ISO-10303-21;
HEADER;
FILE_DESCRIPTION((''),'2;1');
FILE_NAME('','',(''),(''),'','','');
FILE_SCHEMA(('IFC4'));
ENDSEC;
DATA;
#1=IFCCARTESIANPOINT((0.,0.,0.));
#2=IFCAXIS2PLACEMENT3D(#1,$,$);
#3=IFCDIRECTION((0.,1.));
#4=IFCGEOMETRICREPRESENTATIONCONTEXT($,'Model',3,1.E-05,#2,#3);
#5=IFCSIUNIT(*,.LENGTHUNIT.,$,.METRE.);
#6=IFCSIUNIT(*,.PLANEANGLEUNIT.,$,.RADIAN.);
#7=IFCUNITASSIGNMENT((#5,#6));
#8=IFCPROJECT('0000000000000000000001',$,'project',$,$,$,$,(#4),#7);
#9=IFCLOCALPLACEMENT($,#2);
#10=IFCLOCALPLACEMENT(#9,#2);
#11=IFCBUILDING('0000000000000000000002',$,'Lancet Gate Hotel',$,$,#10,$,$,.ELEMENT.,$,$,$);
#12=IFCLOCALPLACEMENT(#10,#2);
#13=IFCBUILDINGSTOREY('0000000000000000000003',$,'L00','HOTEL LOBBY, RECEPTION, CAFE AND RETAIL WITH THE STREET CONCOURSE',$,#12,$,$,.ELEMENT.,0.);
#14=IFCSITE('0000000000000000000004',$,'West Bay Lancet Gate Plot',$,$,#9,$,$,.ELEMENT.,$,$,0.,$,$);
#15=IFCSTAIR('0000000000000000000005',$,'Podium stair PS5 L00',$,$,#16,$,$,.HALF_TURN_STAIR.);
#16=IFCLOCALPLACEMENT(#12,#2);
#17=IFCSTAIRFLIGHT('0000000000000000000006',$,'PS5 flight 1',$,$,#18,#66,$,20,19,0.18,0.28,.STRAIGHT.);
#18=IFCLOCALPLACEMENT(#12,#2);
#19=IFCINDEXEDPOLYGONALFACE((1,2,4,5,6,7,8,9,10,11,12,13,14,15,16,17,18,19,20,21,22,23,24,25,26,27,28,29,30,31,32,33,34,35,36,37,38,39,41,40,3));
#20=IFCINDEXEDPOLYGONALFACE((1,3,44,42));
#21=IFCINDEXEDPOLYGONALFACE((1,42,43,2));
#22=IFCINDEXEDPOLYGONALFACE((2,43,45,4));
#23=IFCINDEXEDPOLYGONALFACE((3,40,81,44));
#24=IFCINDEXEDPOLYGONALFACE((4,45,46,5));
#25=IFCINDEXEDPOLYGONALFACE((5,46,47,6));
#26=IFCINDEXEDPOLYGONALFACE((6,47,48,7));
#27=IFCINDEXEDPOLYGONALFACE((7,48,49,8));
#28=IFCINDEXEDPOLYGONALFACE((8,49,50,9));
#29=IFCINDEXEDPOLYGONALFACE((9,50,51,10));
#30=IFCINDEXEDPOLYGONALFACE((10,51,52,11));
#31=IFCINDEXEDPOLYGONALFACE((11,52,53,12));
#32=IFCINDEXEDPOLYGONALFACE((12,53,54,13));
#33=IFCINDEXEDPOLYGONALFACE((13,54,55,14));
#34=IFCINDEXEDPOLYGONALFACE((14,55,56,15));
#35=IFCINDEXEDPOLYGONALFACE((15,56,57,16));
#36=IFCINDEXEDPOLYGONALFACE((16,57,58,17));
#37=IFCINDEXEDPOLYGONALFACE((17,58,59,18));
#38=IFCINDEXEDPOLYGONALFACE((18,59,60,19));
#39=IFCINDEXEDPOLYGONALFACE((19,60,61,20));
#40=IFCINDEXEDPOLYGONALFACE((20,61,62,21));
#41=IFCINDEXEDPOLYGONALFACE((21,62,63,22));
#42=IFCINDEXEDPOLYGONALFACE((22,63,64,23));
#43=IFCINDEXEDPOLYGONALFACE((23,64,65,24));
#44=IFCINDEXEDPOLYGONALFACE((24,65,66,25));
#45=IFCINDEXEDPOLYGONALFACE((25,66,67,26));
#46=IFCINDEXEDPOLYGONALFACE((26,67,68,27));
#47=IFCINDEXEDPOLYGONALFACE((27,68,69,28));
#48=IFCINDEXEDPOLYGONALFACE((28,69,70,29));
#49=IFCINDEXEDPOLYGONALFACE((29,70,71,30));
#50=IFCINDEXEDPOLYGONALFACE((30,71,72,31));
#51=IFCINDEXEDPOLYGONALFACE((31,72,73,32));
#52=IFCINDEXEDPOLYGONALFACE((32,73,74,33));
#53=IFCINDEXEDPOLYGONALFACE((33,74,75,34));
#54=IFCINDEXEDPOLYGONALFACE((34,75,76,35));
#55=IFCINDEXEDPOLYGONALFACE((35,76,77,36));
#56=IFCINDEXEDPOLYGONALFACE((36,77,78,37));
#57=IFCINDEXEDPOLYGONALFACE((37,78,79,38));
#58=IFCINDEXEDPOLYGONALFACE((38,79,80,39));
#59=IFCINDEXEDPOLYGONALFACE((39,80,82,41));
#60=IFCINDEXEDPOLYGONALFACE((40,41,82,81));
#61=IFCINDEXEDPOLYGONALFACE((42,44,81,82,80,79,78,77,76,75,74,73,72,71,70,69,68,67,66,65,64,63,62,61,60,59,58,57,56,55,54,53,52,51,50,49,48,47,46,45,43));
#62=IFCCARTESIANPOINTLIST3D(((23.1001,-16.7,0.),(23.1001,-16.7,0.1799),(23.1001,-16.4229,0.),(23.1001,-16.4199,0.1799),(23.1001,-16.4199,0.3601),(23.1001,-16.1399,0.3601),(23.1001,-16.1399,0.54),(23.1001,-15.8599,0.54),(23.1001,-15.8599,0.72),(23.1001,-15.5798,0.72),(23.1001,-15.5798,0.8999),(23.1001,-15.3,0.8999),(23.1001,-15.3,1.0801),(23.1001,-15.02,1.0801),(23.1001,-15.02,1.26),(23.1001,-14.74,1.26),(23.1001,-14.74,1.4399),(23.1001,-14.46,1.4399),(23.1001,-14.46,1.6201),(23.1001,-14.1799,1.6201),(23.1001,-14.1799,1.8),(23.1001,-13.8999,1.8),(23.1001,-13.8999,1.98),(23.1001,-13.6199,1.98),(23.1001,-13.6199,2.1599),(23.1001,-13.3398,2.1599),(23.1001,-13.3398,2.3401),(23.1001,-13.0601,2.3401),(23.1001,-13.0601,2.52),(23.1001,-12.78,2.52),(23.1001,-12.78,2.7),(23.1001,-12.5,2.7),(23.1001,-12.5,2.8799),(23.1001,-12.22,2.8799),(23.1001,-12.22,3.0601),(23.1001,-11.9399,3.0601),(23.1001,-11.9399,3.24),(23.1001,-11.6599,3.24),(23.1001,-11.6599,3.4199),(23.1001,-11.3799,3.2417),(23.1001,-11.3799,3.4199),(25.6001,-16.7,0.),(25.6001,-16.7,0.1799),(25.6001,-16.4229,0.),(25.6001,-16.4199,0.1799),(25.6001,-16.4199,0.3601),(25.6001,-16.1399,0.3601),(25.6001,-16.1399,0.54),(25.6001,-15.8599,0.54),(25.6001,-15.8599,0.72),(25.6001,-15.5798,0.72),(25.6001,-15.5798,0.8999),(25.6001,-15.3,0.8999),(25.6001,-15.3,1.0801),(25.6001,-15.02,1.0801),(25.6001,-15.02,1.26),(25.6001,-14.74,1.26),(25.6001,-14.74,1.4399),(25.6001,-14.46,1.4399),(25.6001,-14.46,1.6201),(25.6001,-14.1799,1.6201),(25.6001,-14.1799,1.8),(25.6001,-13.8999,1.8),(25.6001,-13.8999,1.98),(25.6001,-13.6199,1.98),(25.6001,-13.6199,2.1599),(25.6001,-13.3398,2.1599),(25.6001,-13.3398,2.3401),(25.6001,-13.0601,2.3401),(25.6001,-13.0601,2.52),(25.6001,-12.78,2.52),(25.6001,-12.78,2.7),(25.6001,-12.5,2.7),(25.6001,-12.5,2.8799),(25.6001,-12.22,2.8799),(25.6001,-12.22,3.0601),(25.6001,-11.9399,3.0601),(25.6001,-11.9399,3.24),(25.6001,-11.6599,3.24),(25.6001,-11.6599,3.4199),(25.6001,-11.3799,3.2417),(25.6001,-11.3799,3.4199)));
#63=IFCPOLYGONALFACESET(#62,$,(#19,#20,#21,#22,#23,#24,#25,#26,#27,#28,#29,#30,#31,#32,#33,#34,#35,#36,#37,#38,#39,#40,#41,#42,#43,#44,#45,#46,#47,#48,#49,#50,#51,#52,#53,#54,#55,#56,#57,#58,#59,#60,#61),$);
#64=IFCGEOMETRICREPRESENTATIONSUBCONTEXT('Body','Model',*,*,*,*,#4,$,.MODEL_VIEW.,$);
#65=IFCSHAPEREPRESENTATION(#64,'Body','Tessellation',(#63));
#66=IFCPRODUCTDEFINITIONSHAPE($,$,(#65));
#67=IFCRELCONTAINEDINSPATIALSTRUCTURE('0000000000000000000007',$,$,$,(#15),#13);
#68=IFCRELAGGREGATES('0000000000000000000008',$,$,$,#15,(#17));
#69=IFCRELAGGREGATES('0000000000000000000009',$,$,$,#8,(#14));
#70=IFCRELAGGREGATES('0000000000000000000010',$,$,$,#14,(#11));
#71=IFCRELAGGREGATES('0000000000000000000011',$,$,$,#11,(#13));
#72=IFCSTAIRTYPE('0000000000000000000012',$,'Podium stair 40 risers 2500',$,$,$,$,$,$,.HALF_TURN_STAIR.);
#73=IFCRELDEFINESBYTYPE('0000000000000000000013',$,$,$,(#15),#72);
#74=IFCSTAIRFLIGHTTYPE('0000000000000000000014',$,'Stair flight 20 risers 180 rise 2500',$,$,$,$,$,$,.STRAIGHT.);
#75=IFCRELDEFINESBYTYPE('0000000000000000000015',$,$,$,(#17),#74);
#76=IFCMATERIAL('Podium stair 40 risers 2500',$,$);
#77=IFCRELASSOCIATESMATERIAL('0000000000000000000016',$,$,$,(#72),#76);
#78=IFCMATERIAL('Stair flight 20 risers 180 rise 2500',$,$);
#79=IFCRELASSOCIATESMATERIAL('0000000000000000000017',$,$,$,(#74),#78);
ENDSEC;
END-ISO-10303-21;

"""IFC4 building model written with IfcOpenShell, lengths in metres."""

from ifc_helpers import new_model, si_unit, direction, frame, origin, place, context, subcontext, project, spatial, polyline, outline, extrude, material, type_object, element, aggregate, save


model = new_model("IFC4")

# Units and contexts
model_context = context("Model", 3, precision=1e-05, world=origin(), true_north=direction((0.0, 1.0)))
body_context = subcontext(model_context, "Body", "Model", "MODEL_VIEW")
ifc_project = project(units=[si_unit("LENGTHUNIT", "METRE"), si_unit("PLANEANGLEUNIT", "RADIAN")], contexts=[model_context])

# Site, building, storey
site_placement = place(None, origin())
site = spatial("IfcSite", under=ifc_project, at=site_placement, Name="West Bay Lancet Gate Plot", CompositionType="ELEMENT", RefElevation=0.0)
building_placement = place(site_placement, origin())
building = spatial("IfcBuilding", under=site, at=building_placement, Name="Lancet Gate Hotel", CompositionType="ELEMENT")
storey_placement = place(building_placement, origin())
storey = spatial("IfcBuildingStorey", under=building, at=storey_placement, Name="L00", Description="HOTEL LOBBY, RECEPTION, CAFE AND RETAIL WITH THE STREET CONCOURSE", CompositionType="ELEMENT", Elevation=0.0)

# Stair, stair flight
ifc_material_1 = material(Name="Podium stair 40 risers 2500")
stair_type = type_object("IfcStairType", Name="Podium stair 40 risers 2500", PredefinedType="HALF_TURN_STAIR", material=ifc_material_1)
stair_placement = place(storey_placement, origin())
stair = element("IfcStair", 1, at=stair_placement, inside=storey, type_object=stair_type, Name="Podium stair PS5 L00", PredefinedType="HALF_TURN_STAIR")
ifc_material_2 = material(Name="Stair flight 20 risers 180 rise 2500")
stair_flight_type = type_object("IfcStairFlightType", Name="Stair flight 20 risers 180 rise 2500", PredefinedType="STRAIGHT", material=ifc_material_2)
stair_flight_placement = place(storey_placement, frame((24.3501, -16.7, 0.0), z_axis=(0.0, 0.0, 1.0), x_axis=(0.0, 1.0, 0.0)))
stair_flight = element("IfcStairFlight", 2, at=stair_flight_placement, type_object=stair_flight_type, Name="PS5 flight 1", NumberOfRisers=20, NumberOfTreads=19, PredefinedType="STRAIGHT", RiserHeight=0.18, TreadLength=0.28, context=body_context, shape_type="SweptSolid", body=[
    extrude(outline(polyline([(0.0, 0.0), (0.0, 0.1799), (0.28, 0.1799), (0.28, 0.3601), (0.5601, 0.3601), (0.5601, 0.54), (0.8401, 0.54), (0.8401, 0.72), (1.1201, 0.72), (1.1201, 0.8999), (1.3999, 0.8999), (1.3999, 1.0801), (1.6799, 1.0801), (1.6799, 1.26), (1.96, 1.26), (1.96, 1.4399), (2.24, 1.4399), (2.24, 1.6201), (2.52, 1.6201), (2.52, 1.8), (2.8, 1.8), (2.8, 1.98), (3.0801, 1.98), (3.0801, 2.1599), (3.3601, 2.1599), (3.3601, 2.3401), (3.6399, 2.3401), (3.6399, 2.52), (3.9199, 2.52), (3.9199, 2.7), (4.2, 2.7), (4.2, 2.8799), (4.48, 2.8799), (4.48, 3.0601), (4.76, 3.0601), (4.76, 3.24), (5.04, 3.24), (5.04, 3.4199), (5.3201, 3.4199), (5.3201, 3.6001), (5.3201, 3.2417), (0.2771, 0.0), (0.0, 0.0)])), frame((0.0, 1.25, 0.0), z_axis=(0.0, -1.0, 0.0), x_axis=(1.0, 0.0, 0.0)), (0.0, 0.0, 1.0), 2.5),
])
aggregate(stair, [stair_flight])

save(model, "model.ifc")
